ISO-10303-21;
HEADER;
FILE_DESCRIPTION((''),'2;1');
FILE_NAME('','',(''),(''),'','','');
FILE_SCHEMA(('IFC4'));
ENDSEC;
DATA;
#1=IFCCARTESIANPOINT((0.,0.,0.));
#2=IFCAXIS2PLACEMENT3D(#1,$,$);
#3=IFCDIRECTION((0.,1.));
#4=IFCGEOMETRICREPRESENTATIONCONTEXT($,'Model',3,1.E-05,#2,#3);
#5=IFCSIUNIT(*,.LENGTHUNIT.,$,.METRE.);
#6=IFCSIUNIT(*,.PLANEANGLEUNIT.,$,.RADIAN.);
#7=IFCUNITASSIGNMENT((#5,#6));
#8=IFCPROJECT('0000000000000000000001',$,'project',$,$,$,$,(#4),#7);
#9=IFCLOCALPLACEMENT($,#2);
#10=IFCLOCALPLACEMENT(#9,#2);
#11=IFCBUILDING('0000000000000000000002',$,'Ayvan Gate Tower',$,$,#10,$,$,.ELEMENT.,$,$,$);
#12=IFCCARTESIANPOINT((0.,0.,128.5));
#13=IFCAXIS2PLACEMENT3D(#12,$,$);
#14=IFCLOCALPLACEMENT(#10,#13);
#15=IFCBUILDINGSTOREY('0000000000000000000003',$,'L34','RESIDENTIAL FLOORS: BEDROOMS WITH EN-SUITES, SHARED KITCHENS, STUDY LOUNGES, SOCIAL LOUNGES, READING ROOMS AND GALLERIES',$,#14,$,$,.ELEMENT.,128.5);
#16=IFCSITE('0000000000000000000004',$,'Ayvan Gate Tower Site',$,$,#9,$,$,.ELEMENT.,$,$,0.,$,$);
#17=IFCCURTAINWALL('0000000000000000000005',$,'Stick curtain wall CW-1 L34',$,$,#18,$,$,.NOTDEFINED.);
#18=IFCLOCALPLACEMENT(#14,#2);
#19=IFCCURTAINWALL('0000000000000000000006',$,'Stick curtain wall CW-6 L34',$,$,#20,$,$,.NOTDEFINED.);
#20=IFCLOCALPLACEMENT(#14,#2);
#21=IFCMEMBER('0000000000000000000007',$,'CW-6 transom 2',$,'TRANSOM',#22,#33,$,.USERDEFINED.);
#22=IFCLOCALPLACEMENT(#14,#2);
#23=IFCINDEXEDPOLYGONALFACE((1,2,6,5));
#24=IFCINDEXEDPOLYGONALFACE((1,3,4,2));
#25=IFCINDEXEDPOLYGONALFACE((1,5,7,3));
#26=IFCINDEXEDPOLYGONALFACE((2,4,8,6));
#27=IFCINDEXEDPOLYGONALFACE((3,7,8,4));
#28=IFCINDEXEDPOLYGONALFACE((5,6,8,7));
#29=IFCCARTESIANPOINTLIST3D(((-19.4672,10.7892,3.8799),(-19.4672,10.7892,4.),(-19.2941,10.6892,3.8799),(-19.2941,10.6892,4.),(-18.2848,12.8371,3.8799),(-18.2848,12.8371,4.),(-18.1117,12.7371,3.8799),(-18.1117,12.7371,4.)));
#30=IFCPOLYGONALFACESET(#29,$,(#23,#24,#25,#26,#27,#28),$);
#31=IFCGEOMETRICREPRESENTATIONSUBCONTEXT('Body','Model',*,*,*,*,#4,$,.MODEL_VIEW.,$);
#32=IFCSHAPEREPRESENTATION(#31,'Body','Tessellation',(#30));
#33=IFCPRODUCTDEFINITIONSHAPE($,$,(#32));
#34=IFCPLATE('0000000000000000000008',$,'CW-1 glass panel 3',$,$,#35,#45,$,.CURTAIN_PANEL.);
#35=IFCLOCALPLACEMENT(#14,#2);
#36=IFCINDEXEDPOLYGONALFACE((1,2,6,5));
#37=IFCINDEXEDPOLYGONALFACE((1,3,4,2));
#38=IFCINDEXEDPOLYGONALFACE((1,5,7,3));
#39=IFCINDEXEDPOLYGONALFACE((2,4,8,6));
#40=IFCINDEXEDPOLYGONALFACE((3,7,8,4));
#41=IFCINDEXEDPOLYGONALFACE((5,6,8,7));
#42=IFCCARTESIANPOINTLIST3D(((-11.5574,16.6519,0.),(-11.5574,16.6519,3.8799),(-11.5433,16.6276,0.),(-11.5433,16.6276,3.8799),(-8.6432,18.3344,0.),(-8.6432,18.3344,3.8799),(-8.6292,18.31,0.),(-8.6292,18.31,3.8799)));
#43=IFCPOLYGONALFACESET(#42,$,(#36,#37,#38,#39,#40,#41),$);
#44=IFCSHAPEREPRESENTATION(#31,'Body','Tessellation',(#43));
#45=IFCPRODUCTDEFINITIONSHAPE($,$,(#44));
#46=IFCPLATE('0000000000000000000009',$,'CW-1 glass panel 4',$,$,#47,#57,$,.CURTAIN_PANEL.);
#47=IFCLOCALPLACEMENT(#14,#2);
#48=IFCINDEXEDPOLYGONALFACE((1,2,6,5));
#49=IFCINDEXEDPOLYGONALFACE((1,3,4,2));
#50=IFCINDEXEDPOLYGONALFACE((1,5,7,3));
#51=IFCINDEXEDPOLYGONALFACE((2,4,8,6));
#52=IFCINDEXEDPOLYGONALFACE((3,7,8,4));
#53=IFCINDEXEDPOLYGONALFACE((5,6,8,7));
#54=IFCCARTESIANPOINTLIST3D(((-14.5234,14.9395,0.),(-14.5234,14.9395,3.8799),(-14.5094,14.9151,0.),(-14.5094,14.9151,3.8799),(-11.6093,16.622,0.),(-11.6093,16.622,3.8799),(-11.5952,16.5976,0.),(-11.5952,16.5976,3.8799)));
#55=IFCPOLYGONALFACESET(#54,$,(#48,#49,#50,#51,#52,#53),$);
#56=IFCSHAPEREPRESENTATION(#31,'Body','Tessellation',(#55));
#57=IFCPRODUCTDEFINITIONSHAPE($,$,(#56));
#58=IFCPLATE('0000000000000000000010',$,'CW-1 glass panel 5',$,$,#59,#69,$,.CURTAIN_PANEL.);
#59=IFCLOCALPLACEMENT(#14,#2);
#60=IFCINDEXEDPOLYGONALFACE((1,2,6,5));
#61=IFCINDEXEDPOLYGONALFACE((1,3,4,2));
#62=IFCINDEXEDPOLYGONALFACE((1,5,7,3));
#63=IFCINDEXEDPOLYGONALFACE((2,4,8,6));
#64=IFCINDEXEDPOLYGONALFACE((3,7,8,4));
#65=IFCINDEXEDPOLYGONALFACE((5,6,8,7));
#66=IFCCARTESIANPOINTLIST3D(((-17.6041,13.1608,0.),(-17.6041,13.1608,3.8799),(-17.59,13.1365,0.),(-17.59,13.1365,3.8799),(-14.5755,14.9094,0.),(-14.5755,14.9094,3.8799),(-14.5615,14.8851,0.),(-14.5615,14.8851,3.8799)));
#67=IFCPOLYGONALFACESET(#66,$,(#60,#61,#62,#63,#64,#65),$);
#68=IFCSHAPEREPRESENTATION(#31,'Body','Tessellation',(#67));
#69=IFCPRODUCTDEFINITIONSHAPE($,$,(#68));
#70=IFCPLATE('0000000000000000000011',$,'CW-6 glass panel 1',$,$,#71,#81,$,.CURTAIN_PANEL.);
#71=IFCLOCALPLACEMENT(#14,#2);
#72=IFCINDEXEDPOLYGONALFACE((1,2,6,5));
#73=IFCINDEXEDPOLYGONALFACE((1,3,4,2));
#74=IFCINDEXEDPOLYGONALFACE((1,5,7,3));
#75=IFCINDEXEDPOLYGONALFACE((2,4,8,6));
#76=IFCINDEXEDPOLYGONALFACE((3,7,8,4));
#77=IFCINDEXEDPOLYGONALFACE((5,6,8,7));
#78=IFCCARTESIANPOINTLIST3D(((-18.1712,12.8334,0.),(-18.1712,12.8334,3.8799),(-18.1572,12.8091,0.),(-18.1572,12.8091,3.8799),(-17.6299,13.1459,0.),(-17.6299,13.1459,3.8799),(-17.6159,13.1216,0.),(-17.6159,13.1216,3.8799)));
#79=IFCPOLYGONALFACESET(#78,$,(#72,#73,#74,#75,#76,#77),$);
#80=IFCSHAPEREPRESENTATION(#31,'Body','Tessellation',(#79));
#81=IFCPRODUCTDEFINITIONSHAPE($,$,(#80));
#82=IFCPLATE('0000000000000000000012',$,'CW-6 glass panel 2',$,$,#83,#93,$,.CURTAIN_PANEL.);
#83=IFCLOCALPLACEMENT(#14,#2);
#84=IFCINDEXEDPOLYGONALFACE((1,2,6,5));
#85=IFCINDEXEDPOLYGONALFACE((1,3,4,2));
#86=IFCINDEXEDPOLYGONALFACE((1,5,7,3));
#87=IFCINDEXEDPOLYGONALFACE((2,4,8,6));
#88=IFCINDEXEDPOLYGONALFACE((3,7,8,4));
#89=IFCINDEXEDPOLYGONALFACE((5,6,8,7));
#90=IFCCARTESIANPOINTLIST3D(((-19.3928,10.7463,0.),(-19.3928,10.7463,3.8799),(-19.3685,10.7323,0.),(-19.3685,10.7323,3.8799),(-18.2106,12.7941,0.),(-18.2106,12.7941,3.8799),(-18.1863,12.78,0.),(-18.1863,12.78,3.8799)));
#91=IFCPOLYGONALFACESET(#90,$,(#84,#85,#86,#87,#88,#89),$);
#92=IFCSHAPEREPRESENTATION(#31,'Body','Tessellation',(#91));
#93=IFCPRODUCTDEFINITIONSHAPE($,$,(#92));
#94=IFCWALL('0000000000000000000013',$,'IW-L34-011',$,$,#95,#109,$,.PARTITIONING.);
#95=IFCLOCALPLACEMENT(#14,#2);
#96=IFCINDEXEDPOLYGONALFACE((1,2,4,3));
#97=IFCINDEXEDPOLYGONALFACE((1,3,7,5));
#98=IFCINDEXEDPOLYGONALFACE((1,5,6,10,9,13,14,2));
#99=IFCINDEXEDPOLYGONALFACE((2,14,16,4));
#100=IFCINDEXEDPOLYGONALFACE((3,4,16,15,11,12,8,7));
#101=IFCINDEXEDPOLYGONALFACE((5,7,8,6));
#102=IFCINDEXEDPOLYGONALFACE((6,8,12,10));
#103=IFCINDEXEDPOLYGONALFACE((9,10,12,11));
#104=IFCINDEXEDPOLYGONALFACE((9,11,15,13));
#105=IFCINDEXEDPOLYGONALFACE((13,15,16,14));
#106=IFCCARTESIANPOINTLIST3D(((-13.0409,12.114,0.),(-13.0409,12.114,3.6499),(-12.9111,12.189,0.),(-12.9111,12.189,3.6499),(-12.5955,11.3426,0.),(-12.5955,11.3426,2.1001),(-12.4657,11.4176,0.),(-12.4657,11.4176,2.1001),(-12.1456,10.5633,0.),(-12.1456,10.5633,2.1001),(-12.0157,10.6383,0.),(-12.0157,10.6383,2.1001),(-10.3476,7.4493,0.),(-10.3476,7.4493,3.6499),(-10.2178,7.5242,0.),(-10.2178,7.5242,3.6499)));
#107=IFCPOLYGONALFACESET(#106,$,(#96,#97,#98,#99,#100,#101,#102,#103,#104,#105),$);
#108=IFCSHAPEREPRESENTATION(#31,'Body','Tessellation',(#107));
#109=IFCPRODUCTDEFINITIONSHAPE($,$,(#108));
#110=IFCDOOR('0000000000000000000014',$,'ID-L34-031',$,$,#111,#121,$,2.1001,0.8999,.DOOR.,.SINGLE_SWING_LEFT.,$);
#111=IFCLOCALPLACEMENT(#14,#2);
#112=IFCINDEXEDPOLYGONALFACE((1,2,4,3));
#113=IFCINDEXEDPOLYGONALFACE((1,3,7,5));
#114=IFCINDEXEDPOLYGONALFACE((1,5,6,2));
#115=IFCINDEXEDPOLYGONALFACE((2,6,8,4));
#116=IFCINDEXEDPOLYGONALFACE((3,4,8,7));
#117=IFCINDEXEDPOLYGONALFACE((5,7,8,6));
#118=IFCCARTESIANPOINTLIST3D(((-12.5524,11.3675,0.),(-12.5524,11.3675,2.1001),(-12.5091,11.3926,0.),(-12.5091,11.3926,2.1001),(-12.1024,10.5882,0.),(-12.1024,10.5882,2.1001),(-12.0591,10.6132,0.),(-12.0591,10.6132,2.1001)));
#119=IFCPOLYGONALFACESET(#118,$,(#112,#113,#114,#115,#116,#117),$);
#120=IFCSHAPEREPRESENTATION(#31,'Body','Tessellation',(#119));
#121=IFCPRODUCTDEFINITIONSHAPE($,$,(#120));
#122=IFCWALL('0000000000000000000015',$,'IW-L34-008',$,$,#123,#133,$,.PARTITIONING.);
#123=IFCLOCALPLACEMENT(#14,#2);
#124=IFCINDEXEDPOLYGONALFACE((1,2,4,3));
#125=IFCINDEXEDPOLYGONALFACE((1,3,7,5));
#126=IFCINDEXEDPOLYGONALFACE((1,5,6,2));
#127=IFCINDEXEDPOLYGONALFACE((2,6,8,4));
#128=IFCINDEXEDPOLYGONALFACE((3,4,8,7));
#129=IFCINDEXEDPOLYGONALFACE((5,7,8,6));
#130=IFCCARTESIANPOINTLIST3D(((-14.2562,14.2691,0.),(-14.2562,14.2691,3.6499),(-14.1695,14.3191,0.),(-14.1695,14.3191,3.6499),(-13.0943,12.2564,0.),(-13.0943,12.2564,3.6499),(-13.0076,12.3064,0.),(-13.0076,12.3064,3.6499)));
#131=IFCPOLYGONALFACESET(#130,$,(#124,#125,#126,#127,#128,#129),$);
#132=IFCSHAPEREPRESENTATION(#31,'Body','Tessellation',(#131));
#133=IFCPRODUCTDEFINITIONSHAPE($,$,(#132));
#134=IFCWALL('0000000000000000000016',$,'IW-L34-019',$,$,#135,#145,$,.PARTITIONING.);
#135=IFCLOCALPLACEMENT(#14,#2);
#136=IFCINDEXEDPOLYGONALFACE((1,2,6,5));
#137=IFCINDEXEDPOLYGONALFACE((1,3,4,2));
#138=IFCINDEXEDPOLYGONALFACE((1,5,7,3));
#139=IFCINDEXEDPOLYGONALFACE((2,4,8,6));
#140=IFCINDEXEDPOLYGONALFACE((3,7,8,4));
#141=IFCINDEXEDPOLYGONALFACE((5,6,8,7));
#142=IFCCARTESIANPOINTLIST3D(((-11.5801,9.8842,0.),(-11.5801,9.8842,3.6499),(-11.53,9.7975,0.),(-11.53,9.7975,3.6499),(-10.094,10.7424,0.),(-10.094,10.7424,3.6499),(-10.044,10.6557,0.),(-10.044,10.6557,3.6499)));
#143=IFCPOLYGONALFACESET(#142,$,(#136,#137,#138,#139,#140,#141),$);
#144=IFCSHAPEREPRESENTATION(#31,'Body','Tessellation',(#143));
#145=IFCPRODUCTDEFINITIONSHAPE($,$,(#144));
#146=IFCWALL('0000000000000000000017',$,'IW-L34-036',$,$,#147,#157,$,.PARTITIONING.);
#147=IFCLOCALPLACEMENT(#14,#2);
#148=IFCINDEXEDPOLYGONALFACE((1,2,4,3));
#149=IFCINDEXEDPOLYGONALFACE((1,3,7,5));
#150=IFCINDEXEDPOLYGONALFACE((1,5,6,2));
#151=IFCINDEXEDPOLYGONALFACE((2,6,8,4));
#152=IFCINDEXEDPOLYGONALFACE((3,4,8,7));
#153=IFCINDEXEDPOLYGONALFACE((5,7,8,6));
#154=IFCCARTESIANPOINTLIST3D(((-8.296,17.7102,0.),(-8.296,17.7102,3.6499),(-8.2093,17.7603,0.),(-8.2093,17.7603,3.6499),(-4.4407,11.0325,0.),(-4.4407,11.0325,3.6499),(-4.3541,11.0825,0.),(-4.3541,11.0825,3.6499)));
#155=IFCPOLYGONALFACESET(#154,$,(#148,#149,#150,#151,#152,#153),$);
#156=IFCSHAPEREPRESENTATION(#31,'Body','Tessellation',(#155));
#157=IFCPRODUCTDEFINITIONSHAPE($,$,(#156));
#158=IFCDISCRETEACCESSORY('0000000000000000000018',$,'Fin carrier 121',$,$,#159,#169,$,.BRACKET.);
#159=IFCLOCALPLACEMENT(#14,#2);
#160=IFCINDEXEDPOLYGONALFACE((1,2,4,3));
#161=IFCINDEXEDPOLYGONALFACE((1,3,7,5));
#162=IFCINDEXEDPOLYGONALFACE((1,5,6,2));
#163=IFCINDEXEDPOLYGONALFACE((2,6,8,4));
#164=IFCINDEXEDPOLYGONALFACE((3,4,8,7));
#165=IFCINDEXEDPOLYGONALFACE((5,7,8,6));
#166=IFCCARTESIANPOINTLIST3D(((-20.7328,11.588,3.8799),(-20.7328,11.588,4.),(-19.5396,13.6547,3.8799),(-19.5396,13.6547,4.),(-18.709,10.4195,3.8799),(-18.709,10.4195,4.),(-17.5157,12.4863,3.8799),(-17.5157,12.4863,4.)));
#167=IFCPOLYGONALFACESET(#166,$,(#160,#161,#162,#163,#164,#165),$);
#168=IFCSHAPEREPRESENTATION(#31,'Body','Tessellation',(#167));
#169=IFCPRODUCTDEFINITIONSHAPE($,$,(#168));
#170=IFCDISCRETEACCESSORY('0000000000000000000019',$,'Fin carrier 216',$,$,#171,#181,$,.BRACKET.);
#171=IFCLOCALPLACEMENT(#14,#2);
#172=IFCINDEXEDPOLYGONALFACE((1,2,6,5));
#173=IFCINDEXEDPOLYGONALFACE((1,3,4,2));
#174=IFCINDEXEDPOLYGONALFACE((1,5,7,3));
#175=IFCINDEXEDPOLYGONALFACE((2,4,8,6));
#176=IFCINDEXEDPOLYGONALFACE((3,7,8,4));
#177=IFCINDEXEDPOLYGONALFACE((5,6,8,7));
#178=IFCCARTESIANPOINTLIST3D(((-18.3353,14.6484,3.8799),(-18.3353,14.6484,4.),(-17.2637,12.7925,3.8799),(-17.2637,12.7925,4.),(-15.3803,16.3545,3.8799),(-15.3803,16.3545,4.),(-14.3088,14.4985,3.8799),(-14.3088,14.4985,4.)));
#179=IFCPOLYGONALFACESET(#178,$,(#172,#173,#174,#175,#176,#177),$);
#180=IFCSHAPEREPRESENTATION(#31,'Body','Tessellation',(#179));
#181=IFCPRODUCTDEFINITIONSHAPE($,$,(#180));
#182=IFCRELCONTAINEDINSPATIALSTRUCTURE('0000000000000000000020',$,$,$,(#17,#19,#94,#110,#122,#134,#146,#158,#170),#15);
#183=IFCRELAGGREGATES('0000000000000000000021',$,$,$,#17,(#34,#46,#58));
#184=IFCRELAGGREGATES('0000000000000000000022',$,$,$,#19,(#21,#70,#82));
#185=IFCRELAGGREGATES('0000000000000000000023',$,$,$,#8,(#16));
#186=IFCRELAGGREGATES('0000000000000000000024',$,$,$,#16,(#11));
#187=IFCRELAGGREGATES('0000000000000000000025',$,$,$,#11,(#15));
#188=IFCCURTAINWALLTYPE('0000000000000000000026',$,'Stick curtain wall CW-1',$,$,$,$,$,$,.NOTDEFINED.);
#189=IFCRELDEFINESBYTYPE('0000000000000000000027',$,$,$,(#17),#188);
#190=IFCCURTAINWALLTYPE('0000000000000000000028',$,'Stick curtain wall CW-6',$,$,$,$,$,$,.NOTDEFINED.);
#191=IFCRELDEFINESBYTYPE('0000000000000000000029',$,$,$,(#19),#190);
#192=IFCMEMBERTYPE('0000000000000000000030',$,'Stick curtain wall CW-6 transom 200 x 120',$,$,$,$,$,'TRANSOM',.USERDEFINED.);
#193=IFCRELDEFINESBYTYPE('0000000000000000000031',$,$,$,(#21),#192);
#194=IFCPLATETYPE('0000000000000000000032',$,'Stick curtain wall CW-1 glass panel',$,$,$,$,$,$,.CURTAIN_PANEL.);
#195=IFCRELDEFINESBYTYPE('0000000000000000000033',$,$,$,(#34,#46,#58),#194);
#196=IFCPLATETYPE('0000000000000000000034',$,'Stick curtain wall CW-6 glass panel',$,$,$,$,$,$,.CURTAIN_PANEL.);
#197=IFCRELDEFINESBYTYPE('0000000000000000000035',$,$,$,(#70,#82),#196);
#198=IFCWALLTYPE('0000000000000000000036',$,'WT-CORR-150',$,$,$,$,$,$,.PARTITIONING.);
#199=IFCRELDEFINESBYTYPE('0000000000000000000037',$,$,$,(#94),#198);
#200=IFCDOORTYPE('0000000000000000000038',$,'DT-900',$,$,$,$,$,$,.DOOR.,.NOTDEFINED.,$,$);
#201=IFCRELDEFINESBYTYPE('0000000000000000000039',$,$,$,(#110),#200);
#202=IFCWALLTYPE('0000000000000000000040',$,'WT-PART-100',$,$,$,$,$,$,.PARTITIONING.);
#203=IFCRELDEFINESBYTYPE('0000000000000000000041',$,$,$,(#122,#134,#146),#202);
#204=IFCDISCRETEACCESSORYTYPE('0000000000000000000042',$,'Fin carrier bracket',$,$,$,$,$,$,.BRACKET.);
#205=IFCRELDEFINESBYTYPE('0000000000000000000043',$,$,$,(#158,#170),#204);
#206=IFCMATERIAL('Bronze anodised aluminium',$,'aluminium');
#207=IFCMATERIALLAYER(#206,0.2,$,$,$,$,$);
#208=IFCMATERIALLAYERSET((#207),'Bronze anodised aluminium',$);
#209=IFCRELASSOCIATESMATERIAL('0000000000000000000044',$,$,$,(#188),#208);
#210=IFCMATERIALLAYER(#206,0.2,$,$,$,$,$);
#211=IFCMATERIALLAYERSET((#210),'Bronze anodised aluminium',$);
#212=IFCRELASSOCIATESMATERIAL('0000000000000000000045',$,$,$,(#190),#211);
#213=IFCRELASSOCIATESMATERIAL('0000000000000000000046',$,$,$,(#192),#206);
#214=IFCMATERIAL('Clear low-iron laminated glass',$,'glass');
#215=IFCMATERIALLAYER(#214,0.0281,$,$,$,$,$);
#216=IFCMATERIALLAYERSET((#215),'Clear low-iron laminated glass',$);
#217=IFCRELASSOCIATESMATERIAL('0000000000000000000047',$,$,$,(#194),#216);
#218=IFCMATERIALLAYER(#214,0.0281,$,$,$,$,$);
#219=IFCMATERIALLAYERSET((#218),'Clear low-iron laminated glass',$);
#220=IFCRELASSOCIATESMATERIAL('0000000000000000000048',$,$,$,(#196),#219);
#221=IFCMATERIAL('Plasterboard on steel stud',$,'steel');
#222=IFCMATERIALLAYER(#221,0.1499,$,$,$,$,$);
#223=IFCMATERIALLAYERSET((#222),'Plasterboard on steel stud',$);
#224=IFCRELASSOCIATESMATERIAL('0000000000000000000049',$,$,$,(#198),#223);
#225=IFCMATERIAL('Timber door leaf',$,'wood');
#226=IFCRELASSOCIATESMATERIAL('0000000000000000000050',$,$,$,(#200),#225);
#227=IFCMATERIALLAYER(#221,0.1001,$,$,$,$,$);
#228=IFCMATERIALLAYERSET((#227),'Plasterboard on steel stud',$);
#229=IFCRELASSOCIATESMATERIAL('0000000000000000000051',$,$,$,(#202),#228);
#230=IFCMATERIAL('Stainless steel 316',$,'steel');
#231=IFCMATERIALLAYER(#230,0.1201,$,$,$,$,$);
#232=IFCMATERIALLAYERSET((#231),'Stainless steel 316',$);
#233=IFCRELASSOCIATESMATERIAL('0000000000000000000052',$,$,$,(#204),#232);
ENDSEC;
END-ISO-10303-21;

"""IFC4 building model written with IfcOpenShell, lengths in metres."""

from ifc_helpers import new_model, si_unit, direction, frame, frame_2d, origin, origin_2d, place, context, subcontext, project, spatial, rectangle, extrude, material, layer, layer_set, material_profile, profile_set, type_object, element, fill, aggregate, save


model = new_model("IFC4")

# Units and contexts
model_context = context("Model", 3, precision=1e-05, world=origin(), true_north=direction((0.0, 1.0)))
body_context = subcontext(model_context, "Body", "Model", "MODEL_VIEW")
ifc_project = project(units=[si_unit("LENGTHUNIT", "METRE"), si_unit("PLANEANGLEUNIT", "RADIAN")], contexts=[model_context])

# Site, building, storey
site_placement = place(None, origin())
site = spatial("IfcSite", under=ifc_project, at=site_placement, Name="Ayvan Gate Tower Site", CompositionType="ELEMENT", RefElevation=0.0)
building_placement = place(site_placement, origin())
building = spatial("IfcBuilding", under=site, at=building_placement, Name="Ayvan Gate Tower", CompositionType="ELEMENT")
storey_placement = place(building_placement, frame((0.0, 0.0, 128.5)))
storey = spatial("IfcBuildingStorey", under=building, at=storey_placement, Name="L34", Description="RESIDENTIAL FLOORS: BEDROOMS WITH EN-SUITES, SHARED KITCHENS, STUDY LOUNGES, SOCIAL LOUNGES, READING ROOMS AND GALLERIES", CompositionType="ELEMENT", Elevation=128.5)

# Curtain walls, member
ifc_material_1 = material(Name="Bronze anodised aluminium", Category="aluminium")
ifc_layer_1 = layer(ifc_material_1, 0.2)
ifc_layer_set_1 = layer_set([ifc_layer_1], Name="Bronze anodised aluminium")
curtain_wall_type_1 = type_object("IfcCurtainWallType", Name="Stick curtain wall CW-1", PredefinedType="NOTDEFINED", material=ifc_layer_set_1)
curtain_wall_1_placement = place(storey_placement, origin())
curtain_wall_1 = element("IfcCurtainWall", 1, at=curtain_wall_1_placement, inside=storey, type_object=curtain_wall_type_1, Name="Stick curtain wall CW-1 L34", PredefinedType="NOTDEFINED")
ifc_layer_2 = layer(ifc_material_1, 0.2)
ifc_layer_set_2 = layer_set([ifc_layer_2], Name="Bronze anodised aluminium")
curtain_wall_type_2 = type_object("IfcCurtainWallType", Name="Stick curtain wall CW-6", PredefinedType="NOTDEFINED", material=ifc_layer_set_2)
curtain_wall_2_placement = place(storey_placement, origin())
curtain_wall_2 = element("IfcCurtainWall", 2, at=curtain_wall_2_placement, inside=storey, type_object=curtain_wall_type_2, Name="Stick curtain wall CW-6 L34", PredefinedType="NOTDEFINED")
ifc_material_profile_1 = material_profile(ifc_material_1, rectangle(XDim=0.2, YDim=0.1201, at=origin_2d()), Name="Stick curtain wall CW-6 transom 200 x 120")
ifc_profile_set_1 = profile_set([ifc_material_profile_1], Name="Bronze anodised aluminium")
member_type_1 = type_object("IfcMemberType", Name="Stick curtain wall CW-6 transom 200 x 120", ElementType="TRANSOM", PredefinedType="USERDEFINED", material=ifc_profile_set_1)
member_1_placement = place(storey_placement, frame((-18.1982, 12.7871, 3.9399), z_axis=(-0.500014, -0.866017, 0.0), x_axis=(0.866017, -0.500014, 0.0)))
member_1 = element("IfcMember", 3, at=member_1_placement, type_object=member_type_1, Name="CW-6 transom 2", ObjectType="TRANSOM", PredefinedType="USERDEFINED", context=body_context, shape_type="SweptSolid", body=[
    extrude(rectangle(XDim=0.2, YDim=0.1201, at=origin_2d()), origin(), (0.0, 0.0, 1.0), 2.3647),
])

# Plates
ifc_material_2 = material(Name="Clear low-iron laminated glass", Category="glass")
ifc_layer_3 = layer(ifc_material_2, 0.0281)
ifc_layer_set_3 = layer_set([ifc_layer_3], Name="Clear low-iron laminated glass")
plate_type_1 = type_object("IfcPlateType", Name="Stick curtain wall CW-1 glass panel", PredefinedType="CURTAIN_PANEL", material=ifc_layer_set_3)
plate_1_placement = place(storey_placement, frame((-10.0933, 17.481, 0.0), z_axis=(0.0, 0.0, 1.0), x_axis=(-0.866025, -0.5, 0.0)))
plate_1 = element("IfcPlate", 4, at=plate_1_placement, type_object=plate_type_1, Name="CW-1 glass panel 3", PredefinedType="CURTAIN_PANEL", context=body_context, shape_type="SweptSolid", body=[
    extrude(rectangle(XDim=3.365, YDim=0.0281, at=origin_2d()), origin(), (0.0, 0.0, 1.0), 3.8799),
])
plate_2_placement = place(storey_placement, frame((-13.0593, 15.7686, 0.0), z_axis=(0.0, 0.0, 1.0), x_axis=(-0.866025, -0.5, 0.0)))
plate_2 = element("IfcPlate", 5, at=plate_2_placement, type_object=plate_type_1, Name="CW-1 glass panel 4", PredefinedType="CURTAIN_PANEL", context=body_context, shape_type="SweptSolid", body=[
    extrude(rectangle(XDim=3.365, YDim=0.0281, at=origin_2d()), origin(), (0.0, 0.0, 1.0), 3.8799),
])
plate_3_placement = place(storey_placement, frame((-16.0828, 14.0229, 0.0), z_axis=(0.0, 0.0, 1.0), x_axis=(-0.866025, -0.5, 0.0)))
plate_3 = element("IfcPlate", 6, at=plate_3_placement, type_object=plate_type_1, Name="CW-1 glass panel 5", PredefinedType="CURTAIN_PANEL", context=body_context, shape_type="SweptSolid", body=[
    extrude(rectangle(XDim=3.4971, YDim=0.0281, at=origin_2d()), origin(), (0.0, 0.0, 1.0), 3.8799),
])
aggregate(curtain_wall_1, [plate_1, plate_2, plate_3])
ifc_layer_4 = layer(ifc_material_2, 0.0281)
ifc_layer_set_4 = layer_set([ifc_layer_4], Name="Clear low-iron laminated glass")
plate_type_2 = type_object("IfcPlateType", Name="Stick curtain wall CW-6 glass panel", PredefinedType="CURTAIN_PANEL", material=ifc_layer_set_4)
plate_4_placement = place(storey_placement, frame((-17.8936, 12.9775, 0.0), z_axis=(0.0, 0.0, 1.0), x_axis=(-0.866025, -0.5, 0.0)))
plate_4 = element("IfcPlate", 7, at=plate_4_placement, type_object=plate_type_2, Name="CW-6 glass panel 1", PredefinedType="CURTAIN_PANEL", context=body_context, shape_type="SweptSolid", body=[
    extrude(rectangle(XDim=0.625, YDim=0.0281, at=origin_2d()), origin(), (0.0, 0.0, 1.0), 3.8799),
])
plate_5_placement = place(storey_placement, frame((-18.7896, 11.7632, 0.0), z_axis=(0.0, 0.0, 1.0), x_axis=(-0.5, -0.866025, 0.0)))
plate_5 = element("IfcPlate", 8, at=plate_5_placement, type_object=plate_type_2, Name="CW-6 glass panel 2", PredefinedType="CURTAIN_PANEL", context=body_context, shape_type="SweptSolid", body=[
    extrude(rectangle(XDim=2.3645, YDim=0.0281, at=origin_2d()), origin(), (0.0, 0.0, 1.0), 3.8799),
])
aggregate(curtain_wall_2, [member_1, plate_4, plate_5])

# Wall, opening, door
ifc_material_3 = material(Name="Plasterboard on steel stud", Category="steel")
ifc_layer_5 = layer(ifc_material_3, 0.1499)
ifc_layer_set_5 = layer_set([ifc_layer_5], Name="Plasterboard on steel stud")
wall_type_1 = type_object("IfcWallType", Name="WT-CORR-150", PredefinedType="PARTITIONING", material=ifc_layer_set_5)
wall_1_placement = place(storey_placement, frame((-12.9761, 12.1516, 0.0), z_axis=(0.0, 0.0, 1.0), x_axis=(0.500019, -0.866014, 0.0)))
wall_1 = element("IfcWall", 9, at=wall_1_placement, inside=storey, type_object=wall_type_1, Name="IW-L34-011", PredefinedType="PARTITIONING", context=body_context, shape_type="SweptSolid", body=[
    extrude(rectangle(XDim=5.3865, YDim=0.1499, at=frame_2d((2.6934, 0.0))), origin(), (0.0, 0.0, 1.0), 3.6499),
])
opening_placement = place(wall_1_placement, frame((0.8909, 0.0, 0.0)))
opening = element("IfcOpeningElement", 10, at=opening_placement, cuts=wall_1, PredefinedType="OPENING", context=body_context, shape_type="SweptSolid", body=[
    extrude(rectangle(XDim=0.8999, YDim=2.1001, at=frame_2d((0.45, 1.05))), frame((0.0, 0.085, 0.0), z_axis=(0.0, -1.0, 0.0), x_axis=(1.0, 0.0, 0.0)), (0.0, 0.0, 1.0), 0.1699),
])
ifc_material_4 = material(Name="Timber door leaf", Category="wood")
door_type = type_object("IfcDoorType", Name="DT-900", OperationType="NOTDEFINED", PredefinedType="DOOR", material=ifc_material_4)
door_placement = place(opening_placement, origin())
door = element("IfcDoor", 11, at=door_placement, inside=storey, type_object=door_type, Name="ID-L34-031", OperationType="SINGLE_SWING_LEFT", OverallHeight=2.1001, OverallWidth=0.8999, PredefinedType="DOOR", context=body_context, shape_type="SweptSolid", body=[
    extrude(rectangle(XDim=0.8999, YDim=2.1001, at=frame_2d((0.45, 1.05))), frame((0.0, 0.0249, 0.0), z_axis=(0.0, -1.0, 0.0), x_axis=(1.0, 0.0, 0.0)), (0.0, 0.0, 1.0), 0.05),
])
fill(opening, door)

# Walls
ifc_layer_6 = layer(ifc_material_3, 0.1001)
ifc_layer_set_6 = layer_set([ifc_layer_6], Name="Plasterboard on steel stud")
wall_type_2 = type_object("IfcWallType", Name="WT-PART-100", PredefinedType="PARTITIONING", material=ifc_layer_set_6)
wall_2_placement = place(storey_placement, frame((-14.2129, 14.2942, 0.0), z_axis=(0.0, 0.0, 1.0), x_axis=(0.499947, -0.866056, 0.0)))
element("IfcWall", 12, at=wall_2_placement, inside=storey, type_object=wall_type_2, Name="IW-L34-008", PredefinedType="PARTITIONING", context=body_context, shape_type="SweptSolid", body=[
    extrude(rectangle(XDim=2.324, YDim=0.1001, at=frame_2d((1.1621, 0.0))), origin(), (0.0, 0.0, 1.0), 3.6499),
])
wall_3_placement = place(storey_placement, frame((-10.0691, 10.699, 0.0), z_axis=(0.0, 0.0, 1.0), x_axis=(-0.865984, -0.500071, 0.0)))
element("IfcWall", 13, at=wall_3_placement, inside=storey, type_object=wall_type_2, Name="IW-L34-019", PredefinedType="PARTITIONING", context=body_context, shape_type="SweptSolid", body=[
    extrude(rectangle(XDim=1.7161, YDim=0.1001, at=frame_2d((0.8579, 0.0))), origin(), (0.0, 0.0, 1.0), 3.6499),
])
wall_4_placement = place(storey_placement, frame((-8.2527, 17.7354, 0.0), z_axis=(0.0, 0.0, 1.0), x_axis=(0.499984, -0.866035, 0.0)))
element("IfcWall", 14, at=wall_4_placement, inside=storey, type_object=wall_type_2, Name="IW-L34-036", PredefinedType="PARTITIONING", context=body_context, shape_type="SweptSolid", body=[
    extrude(rectangle(XDim=7.7107, YDim=0.1001, at=frame_2d((3.8555, 0.0))), origin(), (0.0, 0.0, 1.0), 3.6499),
])

# Discrete accessories
ifc_material_5 = material(Name="Stainless steel 316", Category="steel")
ifc_layer_7 = layer(ifc_material_5, 0.1201)
ifc_layer_set_7 = layer_set([ifc_layer_7], Name="Stainless steel 316")
discrete_accessory_type = type_object("IfcDiscreteAccessoryType", Name="Fin carrier bracket", PredefinedType="BRACKET", material=ifc_layer_set_7)
discrete_accessory_1_placement = place(storey_placement, frame((-19.1243, 12.0371, 3.8799), z_axis=(0.0, 0.0, 1.0), x_axis=(-0.5, -0.866025, 0.0)))
element("IfcDiscreteAccessory", 15, at=discrete_accessory_1_placement, inside=storey, type_object=discrete_accessory_type, Name="Fin carrier 121", PredefinedType="BRACKET", context=body_context, shape_type="SweptSolid", body=[
    extrude(rectangle(XDim=2.3865, YDim=2.3369, at=origin_2d()), origin(), (0.0, 0.0, 1.0), 0.1201),
])
discrete_accessory_2_placement = place(storey_placement, frame((-16.322, 14.5735, 3.8799), z_axis=(0.0, 0.0, 1.0), x_axis=(-0.866025, -0.5, 0.0)))
element("IfcDiscreteAccessory", 16, at=discrete_accessory_2_placement, inside=storey, type_object=discrete_accessory_type, Name="Fin carrier 216", PredefinedType="BRACKET", context=body_context, shape_type="SweptSolid", body=[
    extrude(rectangle(XDim=3.4121, YDim=2.1431, at=origin_2d()), origin(), (0.0, 0.0, 1.0), 0.1201),
])

save(model, "model.ifc")
